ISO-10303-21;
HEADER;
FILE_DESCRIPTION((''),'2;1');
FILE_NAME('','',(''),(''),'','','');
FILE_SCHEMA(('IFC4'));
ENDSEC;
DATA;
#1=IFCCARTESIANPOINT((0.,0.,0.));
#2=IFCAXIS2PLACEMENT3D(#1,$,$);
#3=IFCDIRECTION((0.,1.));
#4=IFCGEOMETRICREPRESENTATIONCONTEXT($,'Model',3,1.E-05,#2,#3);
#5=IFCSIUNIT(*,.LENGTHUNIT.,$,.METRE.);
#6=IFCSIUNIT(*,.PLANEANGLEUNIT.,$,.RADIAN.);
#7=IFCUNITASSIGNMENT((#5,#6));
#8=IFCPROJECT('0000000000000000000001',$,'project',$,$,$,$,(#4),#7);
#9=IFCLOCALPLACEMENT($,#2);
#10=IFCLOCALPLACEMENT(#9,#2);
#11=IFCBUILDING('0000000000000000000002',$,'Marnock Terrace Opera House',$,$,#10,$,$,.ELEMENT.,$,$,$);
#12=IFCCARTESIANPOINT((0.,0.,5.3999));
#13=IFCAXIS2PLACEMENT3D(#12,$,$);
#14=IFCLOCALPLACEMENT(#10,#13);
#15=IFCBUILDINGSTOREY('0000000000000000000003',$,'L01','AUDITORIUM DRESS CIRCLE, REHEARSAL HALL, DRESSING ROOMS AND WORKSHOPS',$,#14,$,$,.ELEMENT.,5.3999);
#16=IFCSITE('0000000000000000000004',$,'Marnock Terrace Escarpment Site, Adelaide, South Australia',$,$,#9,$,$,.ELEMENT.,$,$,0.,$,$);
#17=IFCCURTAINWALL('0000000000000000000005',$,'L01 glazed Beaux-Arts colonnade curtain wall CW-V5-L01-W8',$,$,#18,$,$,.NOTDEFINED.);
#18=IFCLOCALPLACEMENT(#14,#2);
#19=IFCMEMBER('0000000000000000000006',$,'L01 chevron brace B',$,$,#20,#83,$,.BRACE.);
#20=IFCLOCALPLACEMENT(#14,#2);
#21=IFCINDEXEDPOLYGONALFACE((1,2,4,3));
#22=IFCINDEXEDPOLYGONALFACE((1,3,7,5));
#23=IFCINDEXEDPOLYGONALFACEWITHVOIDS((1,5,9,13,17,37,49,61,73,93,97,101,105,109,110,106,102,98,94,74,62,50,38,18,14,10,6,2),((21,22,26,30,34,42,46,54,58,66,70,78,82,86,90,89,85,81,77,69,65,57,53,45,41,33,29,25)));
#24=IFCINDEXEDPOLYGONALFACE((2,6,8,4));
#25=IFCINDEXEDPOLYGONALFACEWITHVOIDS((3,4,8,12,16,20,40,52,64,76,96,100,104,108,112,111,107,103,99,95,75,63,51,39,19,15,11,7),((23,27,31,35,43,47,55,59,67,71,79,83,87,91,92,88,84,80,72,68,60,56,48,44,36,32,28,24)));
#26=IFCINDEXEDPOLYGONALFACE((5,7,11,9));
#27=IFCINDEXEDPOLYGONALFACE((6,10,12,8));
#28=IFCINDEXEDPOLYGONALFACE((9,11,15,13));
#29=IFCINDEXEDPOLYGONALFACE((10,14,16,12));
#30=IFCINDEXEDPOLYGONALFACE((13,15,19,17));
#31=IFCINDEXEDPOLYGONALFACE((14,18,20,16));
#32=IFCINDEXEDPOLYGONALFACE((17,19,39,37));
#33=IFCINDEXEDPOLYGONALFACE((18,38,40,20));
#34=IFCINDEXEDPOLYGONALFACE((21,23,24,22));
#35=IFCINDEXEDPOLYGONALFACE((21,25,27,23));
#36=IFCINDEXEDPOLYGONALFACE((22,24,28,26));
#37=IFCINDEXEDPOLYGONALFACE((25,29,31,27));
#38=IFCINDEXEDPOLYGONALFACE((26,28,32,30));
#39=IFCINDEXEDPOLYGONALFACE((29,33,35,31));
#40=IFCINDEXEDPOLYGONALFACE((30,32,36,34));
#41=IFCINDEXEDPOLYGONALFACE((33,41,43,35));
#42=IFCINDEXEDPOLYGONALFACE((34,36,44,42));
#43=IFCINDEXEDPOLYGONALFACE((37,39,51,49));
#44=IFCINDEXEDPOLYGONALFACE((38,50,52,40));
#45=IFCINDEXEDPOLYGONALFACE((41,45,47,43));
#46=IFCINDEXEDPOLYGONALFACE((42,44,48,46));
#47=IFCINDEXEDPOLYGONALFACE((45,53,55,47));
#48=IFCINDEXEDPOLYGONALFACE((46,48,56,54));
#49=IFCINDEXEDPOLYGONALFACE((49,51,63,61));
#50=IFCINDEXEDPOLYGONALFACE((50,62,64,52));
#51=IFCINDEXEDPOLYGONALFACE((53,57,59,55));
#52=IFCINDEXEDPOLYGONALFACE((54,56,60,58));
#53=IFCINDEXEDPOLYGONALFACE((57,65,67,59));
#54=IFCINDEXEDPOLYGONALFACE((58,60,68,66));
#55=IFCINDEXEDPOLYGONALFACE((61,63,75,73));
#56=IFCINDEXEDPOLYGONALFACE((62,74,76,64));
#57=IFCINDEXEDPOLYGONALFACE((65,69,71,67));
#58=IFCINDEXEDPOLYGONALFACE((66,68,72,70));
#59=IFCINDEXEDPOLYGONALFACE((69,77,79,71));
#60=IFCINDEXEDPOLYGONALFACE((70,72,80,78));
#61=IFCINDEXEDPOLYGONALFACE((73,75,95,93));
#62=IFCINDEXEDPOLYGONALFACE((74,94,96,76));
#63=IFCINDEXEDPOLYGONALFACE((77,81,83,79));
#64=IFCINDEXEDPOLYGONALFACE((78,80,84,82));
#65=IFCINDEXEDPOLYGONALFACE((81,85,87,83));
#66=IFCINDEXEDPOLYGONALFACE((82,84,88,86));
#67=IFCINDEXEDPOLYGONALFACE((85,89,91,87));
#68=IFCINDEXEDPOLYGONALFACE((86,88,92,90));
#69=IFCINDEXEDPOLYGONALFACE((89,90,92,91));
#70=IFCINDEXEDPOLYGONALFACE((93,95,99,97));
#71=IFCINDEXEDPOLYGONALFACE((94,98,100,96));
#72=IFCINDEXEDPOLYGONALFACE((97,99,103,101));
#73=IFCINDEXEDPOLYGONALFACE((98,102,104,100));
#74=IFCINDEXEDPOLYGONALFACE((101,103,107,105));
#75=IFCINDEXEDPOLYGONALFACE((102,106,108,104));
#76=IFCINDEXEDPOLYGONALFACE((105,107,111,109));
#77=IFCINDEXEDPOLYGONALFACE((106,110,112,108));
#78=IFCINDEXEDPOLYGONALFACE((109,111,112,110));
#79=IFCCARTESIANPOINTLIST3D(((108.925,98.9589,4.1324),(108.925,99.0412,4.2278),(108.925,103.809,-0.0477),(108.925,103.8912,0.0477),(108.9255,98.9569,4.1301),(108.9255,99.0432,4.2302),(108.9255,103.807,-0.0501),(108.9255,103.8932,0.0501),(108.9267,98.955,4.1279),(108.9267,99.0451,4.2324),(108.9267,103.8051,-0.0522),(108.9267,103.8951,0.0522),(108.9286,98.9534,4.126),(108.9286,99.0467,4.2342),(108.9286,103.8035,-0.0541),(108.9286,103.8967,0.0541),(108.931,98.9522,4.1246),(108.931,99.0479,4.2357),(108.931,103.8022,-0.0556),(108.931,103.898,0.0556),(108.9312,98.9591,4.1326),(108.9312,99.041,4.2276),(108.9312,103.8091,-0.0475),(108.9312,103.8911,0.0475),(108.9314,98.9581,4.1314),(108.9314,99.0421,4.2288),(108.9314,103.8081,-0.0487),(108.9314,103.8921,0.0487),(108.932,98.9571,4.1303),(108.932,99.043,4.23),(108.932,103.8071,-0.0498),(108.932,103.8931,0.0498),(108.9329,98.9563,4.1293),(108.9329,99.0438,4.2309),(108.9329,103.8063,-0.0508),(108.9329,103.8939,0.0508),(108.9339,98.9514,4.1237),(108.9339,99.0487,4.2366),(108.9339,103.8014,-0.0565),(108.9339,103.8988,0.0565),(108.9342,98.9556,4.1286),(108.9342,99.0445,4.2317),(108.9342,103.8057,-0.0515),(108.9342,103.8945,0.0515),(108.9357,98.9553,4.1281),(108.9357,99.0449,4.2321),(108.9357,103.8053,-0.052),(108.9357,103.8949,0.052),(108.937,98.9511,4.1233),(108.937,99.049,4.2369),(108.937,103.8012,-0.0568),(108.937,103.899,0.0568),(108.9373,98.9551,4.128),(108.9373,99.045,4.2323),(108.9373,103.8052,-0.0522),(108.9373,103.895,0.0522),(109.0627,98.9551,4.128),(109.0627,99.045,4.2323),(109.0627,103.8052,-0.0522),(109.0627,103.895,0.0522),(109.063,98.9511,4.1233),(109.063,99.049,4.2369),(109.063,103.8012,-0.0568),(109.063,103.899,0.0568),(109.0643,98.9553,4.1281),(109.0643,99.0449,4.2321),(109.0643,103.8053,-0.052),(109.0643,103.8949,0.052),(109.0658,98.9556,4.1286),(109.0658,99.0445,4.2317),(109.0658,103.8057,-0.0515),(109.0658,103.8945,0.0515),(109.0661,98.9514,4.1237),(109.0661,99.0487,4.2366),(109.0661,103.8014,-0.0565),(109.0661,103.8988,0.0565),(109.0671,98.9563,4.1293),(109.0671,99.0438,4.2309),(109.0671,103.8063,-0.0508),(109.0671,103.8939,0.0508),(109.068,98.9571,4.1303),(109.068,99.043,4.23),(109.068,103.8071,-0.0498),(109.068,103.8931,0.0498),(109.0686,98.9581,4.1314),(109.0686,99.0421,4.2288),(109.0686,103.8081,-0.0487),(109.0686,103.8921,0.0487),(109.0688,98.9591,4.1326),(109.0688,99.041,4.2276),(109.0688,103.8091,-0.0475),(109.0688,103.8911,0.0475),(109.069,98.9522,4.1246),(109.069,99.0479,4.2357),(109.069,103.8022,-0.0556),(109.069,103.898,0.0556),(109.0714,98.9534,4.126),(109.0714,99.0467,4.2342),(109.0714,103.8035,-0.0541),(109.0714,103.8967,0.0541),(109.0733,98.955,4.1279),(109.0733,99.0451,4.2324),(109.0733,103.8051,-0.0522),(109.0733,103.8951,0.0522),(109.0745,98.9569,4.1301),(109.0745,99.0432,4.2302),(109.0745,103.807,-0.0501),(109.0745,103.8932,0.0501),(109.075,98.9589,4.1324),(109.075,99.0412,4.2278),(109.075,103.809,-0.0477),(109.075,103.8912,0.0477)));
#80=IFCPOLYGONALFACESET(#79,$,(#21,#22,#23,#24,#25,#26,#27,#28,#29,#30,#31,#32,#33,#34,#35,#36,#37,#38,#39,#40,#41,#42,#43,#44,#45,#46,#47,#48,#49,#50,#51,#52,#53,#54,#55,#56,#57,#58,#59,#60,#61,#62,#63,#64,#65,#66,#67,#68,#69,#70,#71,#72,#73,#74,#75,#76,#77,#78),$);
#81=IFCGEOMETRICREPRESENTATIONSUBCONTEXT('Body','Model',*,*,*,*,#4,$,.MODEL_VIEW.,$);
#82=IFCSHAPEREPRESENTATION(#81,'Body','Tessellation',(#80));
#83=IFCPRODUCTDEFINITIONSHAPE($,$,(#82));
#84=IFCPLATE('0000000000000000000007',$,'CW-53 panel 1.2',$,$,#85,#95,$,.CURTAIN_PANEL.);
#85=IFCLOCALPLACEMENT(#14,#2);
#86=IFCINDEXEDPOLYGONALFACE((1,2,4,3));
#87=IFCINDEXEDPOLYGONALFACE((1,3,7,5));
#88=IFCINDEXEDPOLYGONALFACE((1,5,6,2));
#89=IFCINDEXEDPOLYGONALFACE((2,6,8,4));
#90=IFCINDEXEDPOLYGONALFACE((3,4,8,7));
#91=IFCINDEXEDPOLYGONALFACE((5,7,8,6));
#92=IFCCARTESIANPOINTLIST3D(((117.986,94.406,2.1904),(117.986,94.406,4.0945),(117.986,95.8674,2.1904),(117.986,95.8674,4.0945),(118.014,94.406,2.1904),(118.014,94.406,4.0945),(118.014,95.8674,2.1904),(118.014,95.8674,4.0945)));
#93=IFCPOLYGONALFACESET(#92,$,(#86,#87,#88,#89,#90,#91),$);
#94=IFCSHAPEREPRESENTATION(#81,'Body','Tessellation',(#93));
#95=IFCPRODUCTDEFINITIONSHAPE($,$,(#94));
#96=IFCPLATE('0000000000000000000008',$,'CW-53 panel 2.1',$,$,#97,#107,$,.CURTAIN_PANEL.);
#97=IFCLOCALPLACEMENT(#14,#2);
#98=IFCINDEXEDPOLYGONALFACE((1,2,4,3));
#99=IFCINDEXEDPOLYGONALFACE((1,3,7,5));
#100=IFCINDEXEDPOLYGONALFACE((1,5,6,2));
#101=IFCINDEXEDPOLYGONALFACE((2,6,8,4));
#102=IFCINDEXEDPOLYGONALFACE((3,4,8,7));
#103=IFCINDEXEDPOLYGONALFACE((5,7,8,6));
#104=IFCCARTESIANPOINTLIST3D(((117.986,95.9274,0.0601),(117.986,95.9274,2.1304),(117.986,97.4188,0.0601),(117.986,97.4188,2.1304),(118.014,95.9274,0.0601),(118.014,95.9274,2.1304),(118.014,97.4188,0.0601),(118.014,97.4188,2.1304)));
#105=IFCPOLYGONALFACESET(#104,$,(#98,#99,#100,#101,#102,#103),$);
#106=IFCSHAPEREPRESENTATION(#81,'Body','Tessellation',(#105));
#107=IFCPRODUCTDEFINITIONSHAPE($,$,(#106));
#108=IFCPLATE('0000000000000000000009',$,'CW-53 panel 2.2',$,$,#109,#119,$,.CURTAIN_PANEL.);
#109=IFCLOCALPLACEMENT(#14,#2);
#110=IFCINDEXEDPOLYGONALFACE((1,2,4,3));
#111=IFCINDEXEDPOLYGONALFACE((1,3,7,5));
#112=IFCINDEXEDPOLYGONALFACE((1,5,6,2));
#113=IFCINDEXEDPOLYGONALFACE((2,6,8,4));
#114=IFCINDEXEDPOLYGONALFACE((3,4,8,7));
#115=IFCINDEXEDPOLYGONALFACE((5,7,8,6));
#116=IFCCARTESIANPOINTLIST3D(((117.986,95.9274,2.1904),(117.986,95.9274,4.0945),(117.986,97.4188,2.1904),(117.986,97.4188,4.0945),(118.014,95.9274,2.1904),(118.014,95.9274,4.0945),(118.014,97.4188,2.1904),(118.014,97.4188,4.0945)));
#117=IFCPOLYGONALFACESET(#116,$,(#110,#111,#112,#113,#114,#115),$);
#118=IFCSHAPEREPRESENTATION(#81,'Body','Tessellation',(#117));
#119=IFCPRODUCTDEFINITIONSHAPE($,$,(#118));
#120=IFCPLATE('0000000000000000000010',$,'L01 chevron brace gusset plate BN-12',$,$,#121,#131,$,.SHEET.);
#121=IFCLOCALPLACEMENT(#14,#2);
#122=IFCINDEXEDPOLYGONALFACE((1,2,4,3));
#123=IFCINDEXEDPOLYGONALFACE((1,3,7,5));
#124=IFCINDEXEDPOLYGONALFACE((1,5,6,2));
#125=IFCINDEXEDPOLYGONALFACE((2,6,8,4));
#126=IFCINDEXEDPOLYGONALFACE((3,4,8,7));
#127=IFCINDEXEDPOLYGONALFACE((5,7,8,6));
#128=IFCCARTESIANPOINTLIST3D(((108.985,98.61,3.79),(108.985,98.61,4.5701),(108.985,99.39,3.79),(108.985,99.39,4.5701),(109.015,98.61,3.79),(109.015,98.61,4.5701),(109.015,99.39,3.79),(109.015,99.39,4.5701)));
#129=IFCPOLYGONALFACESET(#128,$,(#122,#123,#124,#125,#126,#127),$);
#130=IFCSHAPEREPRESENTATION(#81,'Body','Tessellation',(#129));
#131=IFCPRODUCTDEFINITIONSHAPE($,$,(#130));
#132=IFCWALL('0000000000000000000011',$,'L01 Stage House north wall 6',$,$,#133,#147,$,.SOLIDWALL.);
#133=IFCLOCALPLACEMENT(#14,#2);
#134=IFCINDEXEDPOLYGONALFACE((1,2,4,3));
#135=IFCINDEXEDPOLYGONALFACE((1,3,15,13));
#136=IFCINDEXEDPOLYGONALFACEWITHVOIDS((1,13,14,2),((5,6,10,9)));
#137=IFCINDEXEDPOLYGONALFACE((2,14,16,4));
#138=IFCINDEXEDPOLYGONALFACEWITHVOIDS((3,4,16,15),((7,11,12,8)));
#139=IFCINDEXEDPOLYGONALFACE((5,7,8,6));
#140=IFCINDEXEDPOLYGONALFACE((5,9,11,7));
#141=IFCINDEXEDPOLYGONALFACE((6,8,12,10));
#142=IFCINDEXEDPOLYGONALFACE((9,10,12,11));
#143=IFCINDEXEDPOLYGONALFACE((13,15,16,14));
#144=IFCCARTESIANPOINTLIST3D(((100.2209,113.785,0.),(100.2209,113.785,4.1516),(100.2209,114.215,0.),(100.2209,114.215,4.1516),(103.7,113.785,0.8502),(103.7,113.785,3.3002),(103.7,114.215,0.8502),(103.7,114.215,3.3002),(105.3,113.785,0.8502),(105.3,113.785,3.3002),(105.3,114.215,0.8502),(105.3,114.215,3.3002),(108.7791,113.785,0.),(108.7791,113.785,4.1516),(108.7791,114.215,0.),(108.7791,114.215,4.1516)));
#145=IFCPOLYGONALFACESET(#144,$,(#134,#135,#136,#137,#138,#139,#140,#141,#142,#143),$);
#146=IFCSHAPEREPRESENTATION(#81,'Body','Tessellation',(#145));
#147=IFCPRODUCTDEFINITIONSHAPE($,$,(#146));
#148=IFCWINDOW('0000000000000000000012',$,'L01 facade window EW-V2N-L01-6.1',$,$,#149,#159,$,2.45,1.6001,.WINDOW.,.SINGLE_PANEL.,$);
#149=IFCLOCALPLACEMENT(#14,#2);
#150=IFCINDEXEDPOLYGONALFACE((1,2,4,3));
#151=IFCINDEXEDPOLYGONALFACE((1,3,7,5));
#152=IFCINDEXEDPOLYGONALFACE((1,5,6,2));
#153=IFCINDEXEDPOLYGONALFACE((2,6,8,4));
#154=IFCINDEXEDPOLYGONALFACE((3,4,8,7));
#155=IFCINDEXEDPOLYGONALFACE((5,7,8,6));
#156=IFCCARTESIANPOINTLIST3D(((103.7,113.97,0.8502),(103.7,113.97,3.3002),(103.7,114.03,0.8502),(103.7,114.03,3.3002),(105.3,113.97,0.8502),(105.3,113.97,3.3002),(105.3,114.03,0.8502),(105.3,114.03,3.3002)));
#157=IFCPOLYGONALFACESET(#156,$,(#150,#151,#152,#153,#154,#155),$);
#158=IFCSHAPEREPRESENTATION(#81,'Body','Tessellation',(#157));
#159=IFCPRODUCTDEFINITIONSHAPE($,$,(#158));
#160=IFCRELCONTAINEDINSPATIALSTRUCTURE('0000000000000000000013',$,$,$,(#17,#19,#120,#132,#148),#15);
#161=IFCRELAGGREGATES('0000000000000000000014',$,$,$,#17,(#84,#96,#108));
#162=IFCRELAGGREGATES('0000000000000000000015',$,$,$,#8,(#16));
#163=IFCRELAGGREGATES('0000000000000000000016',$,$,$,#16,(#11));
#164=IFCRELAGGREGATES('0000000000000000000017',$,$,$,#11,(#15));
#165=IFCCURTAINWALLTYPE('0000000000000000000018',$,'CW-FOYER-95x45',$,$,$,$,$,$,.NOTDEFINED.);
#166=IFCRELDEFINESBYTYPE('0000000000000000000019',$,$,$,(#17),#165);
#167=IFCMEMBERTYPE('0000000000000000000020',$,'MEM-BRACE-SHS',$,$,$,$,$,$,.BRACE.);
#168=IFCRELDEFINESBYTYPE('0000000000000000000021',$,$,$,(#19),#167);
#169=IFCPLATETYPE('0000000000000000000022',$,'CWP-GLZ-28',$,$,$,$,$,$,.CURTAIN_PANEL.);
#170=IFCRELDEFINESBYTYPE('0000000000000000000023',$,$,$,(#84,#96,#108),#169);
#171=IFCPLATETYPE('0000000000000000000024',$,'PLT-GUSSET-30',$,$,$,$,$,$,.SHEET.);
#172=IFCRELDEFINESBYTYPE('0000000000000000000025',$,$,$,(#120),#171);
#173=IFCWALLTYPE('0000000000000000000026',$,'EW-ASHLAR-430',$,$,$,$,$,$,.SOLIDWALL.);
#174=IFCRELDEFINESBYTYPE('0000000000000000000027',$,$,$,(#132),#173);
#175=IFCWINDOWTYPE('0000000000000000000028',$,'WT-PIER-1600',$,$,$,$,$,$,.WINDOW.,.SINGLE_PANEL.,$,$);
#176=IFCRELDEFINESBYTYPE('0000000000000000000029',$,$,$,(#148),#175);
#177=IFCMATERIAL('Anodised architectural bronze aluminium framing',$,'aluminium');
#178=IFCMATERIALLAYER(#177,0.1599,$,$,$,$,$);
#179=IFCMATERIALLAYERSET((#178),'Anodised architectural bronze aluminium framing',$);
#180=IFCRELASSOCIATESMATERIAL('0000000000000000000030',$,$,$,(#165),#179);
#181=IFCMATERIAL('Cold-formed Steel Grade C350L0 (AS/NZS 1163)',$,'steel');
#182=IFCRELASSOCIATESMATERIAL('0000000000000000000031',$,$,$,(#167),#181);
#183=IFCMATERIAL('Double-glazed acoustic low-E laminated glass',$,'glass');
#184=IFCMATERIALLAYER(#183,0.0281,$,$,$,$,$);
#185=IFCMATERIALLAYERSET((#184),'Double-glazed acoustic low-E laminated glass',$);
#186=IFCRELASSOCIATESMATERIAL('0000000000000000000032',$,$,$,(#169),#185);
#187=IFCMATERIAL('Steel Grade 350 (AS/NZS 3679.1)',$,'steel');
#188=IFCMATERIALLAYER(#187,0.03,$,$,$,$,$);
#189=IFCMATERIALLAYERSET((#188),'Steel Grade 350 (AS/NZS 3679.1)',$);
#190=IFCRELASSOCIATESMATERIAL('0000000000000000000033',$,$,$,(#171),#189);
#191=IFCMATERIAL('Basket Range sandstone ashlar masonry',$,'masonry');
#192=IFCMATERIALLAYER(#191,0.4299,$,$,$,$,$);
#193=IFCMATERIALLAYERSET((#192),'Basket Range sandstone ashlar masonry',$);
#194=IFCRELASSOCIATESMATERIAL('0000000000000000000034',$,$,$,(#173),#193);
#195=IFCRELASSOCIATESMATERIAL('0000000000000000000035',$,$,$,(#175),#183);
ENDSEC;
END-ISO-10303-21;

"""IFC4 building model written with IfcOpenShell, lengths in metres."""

from ifc_helpers import new_model, si_unit, direction, frame, frame_2d, origin, origin_2d, place, context, subcontext, project, spatial, rectangle, hollow_rectangle, extrude, material, layer, layer_set, material_profile, profile_set, type_object, element, fill, aggregate, save


model = new_model("IFC4")

# Units and contexts
model_context = context("Model", 3, precision=1e-05, world=origin(), true_north=direction((0.0, 1.0)))
body_context = subcontext(model_context, "Body", "Model", "MODEL_VIEW")
ifc_project = project(units=[si_unit("LENGTHUNIT", "METRE"), si_unit("PLANEANGLEUNIT", "RADIAN")], contexts=[model_context])

# Site, building, storey
site_placement = place(None, origin())
site = spatial("IfcSite", under=ifc_project, at=site_placement, Name="Marnock Terrace Escarpment Site, Adelaide, South Australia", CompositionType="ELEMENT", RefElevation=0.0)
building_placement = place(site_placement, origin())
building = spatial("IfcBuilding", under=site, at=building_placement, Name="Marnock Terrace Opera House", CompositionType="ELEMENT")
storey_placement = place(building_placement, frame((0.0, 0.0, 5.3999)))
storey = spatial("IfcBuildingStorey", under=building, at=storey_placement, Name="L01", Description="AUDITORIUM DRESS CIRCLE, REHEARSAL HALL, DRESSING ROOMS AND WORKSHOPS", CompositionType="ELEMENT", Elevation=5.3999)

# Shared definitions
ifc_material_1 = material(Name="Steel Grade 350 (AS/NZS 3679.1)", Category="steel")

# Curtain wall
ifc_material_2 = material(Name="Anodised architectural bronze aluminium framing", Category="aluminium")
ifc_layer_1 = layer(ifc_material_2, 0.1599)
ifc_layer_set_1 = layer_set([ifc_layer_1], Name="Anodised architectural bronze aluminium framing")
curtain_wall_type = type_object("IfcCurtainWallType", Name="CW-FOYER-95x45", PredefinedType="NOTDEFINED", material=ifc_layer_set_1)
curtain_wall_placement = place(storey_placement, origin())
curtain_wall = element("IfcCurtainWall", 1, at=curtain_wall_placement, inside=storey, type_object=curtain_wall_type, Name="L01 glazed Beaux-Arts colonnade curtain wall CW-V5-L01-W8", PredefinedType="NOTDEFINED")

# Member
ifc_material_3 = material(Name="Cold-formed Steel Grade C350L0 (AS/NZS 1163)", Category="steel")
ifc_material_profile_1 = material_profile(ifc_material_3, hollow_rectangle(XDim=0.1499, YDim=0.1499, WallThickness=0.0061, InnerFilletRadius=0.0061, OuterFilletRadius=0.012, at=origin_2d()))
ifc_profile_set_1 = profile_set([ifc_material_profile_1], Name="Cold-formed Steel Grade C350L0 (AS/NZS 1163)")
member_type_1 = type_object("IfcMemberType", Name="MEM-BRACE-SHS", PredefinedType="BRACE", material=ifc_profile_set_1)
member_1_placement = place(storey_placement, frame((109.0, 103.8501, 0.0), z_axis=(0.0, -0.757483, 0.652855), x_axis=(1.0, 0.0, 0.0)))
element("IfcMember", 2, at=member_1_placement, inside=storey, type_object=member_type_1, Name="L01 chevron brace B", PredefinedType="BRACE", context=body_context, shape_type="SweptSolid", body=[
    extrude(hollow_rectangle(XDim=0.1499, YDim=0.1499, WallThickness=0.0061, InnerFilletRadius=0.0061, OuterFilletRadius=0.012, at=origin_2d()), origin(), (0.0, 0.0, 1.0), 6.4028),
])

# Plates
ifc_material_4 = material(Name="Double-glazed acoustic low-E laminated glass", Category="glass")
ifc_layer_2 = layer(ifc_material_4, 0.0281)
ifc_layer_set_2 = layer_set([ifc_layer_2], Name="Double-glazed acoustic low-E laminated glass")
plate_type_1 = type_object("IfcPlateType", Name="CWP-GLZ-28", PredefinedType="CURTAIN_PANEL", material=ifc_layer_set_2)
plate_1_placement = place(storey_placement, frame((118.0, 95.1367, 2.1904), z_axis=(0.0, 0.0, 1.0), x_axis=(0.0, 1.0, 0.0)))
plate_1 = element("IfcPlate", 3, at=plate_1_placement, type_object=plate_type_1, Name="CW-53 panel 1.2", PredefinedType="CURTAIN_PANEL", context=body_context, shape_type="SweptSolid", body=[
    extrude(rectangle(XDim=1.4614, YDim=0.0281, at=origin_2d()), origin(), (0.0, 0.0, 1.0), 1.9041),
])
plate_2_placement = place(storey_placement, frame((118.0, 96.6731, 0.0601), z_axis=(0.0, 0.0, 1.0), x_axis=(0.0, 1.0, 0.0)))
plate_2 = element("IfcPlate", 4, at=plate_2_placement, type_object=plate_type_1, Name="CW-53 panel 2.1", PredefinedType="CURTAIN_PANEL", context=body_context, shape_type="SweptSolid", body=[
    extrude(rectangle(XDim=1.4915, YDim=0.0281, at=origin_2d()), origin(), (0.0, 0.0, 1.0), 2.0703),
])
plate_3_placement = place(storey_placement, frame((118.0, 96.6731, 2.1904), z_axis=(0.0, 0.0, 1.0), x_axis=(0.0, 1.0, 0.0)))
plate_3 = element("IfcPlate", 5, at=plate_3_placement, type_object=plate_type_1, Name="CW-53 panel 2.2", PredefinedType="CURTAIN_PANEL", context=body_context, shape_type="SweptSolid", body=[
    extrude(rectangle(XDim=1.4915, YDim=0.0281, at=origin_2d()), origin(), (0.0, 0.0, 1.0), 1.9041),
])
aggregate(curtain_wall, [plate_1, plate_2, plate_3])
ifc_layer_3 = layer(ifc_material_1, 0.03)
ifc_layer_set_3 = layer_set([ifc_layer_3], Name="Steel Grade 350 (AS/NZS 3679.1)")
plate_type_2 = type_object("IfcPlateType", Name="PLT-GUSSET-30", PredefinedType="SHEET", material=ifc_layer_set_3)
plate_4_placement = place(storey_placement, frame((109.0, 99.0, 3.79), z_axis=(0.0, 0.0, 1.0), x_axis=(0.0, 1.0, 0.0)))
element("IfcPlate", 6, at=plate_4_placement, inside=storey, type_object=plate_type_2, Name="L01 chevron brace gusset plate BN-12", PredefinedType="SHEET", context=body_context, shape_type="SweptSolid", body=[
    extrude(rectangle(XDim=0.78, YDim=0.03, at=origin_2d()), origin(), (0.0, 0.0, 1.0), 0.78),
])

# Wall, opening, window
ifc_material_5 = material(Name="Basket Range sandstone ashlar masonry", Category="masonry")
ifc_layer_4 = layer(ifc_material_5, 0.4299)
ifc_layer_set_4 = layer_set([ifc_layer_4], Name="Basket Range sandstone ashlar masonry")
wall_type_1 = type_object("IfcWallType", Name="EW-ASHLAR-430", PredefinedType="SOLIDWALL", material=ifc_layer_set_4)
wall_1_placement = place(storey_placement, frame((100.2209, 114.0, 0.0), z_axis=(0.0, 0.0, 1.0), x_axis=(1.0, 0.0, 0.0)))
wall_1 = element("IfcWall", 7, at=wall_1_placement, inside=storey, type_object=wall_type_1, Name="L01 Stage House north wall 6", PredefinedType="SOLIDWALL", context=body_context, shape_type="SweptSolid", body=[
    extrude(rectangle(XDim=8.5581, YDim=0.4299, at=frame_2d((4.2791, 0.0))), origin(), (0.0, 0.0, 1.0), 4.1516),
])
opening_1_placement = place(wall_1_placement, frame((3.479, 0.0, 0.8501)))
opening_1 = element("IfcOpeningElement", 8, at=opening_1_placement, cuts=wall_1, PredefinedType="OPENING", context=body_context, shape_type="SweptSolid", body=[
    extrude(rectangle(XDim=1.6001, YDim=2.45, at=frame_2d((0.8, 1.2251))), frame((0.0, 0.2249, 0.0), z_axis=(0.0, -1.0, 0.0), x_axis=(1.0, 0.0, 0.0)), (0.0, 0.0, 1.0), 0.45),
])
window_type = type_object("IfcWindowType", Name="WT-PIER-1600", PartitioningType="SINGLE_PANEL", PredefinedType="WINDOW", material=ifc_material_4)
window_placement = place(opening_1_placement, origin())
window = element("IfcWindow", 9, at=window_placement, inside=storey, type_object=window_type, Name="L01 facade window EW-V2N-L01-6.1", OverallHeight=2.45, OverallWidth=1.6001, PartitioningType="SINGLE_PANEL", PredefinedType="WINDOW", context=body_context, shape_type="SweptSolid", body=[
    extrude(rectangle(XDim=1.6001, YDim=2.45, at=frame_2d((0.8, 1.2251))), frame((0.0, 0.03, 0.0), z_axis=(0.0, -1.0, 0.0), x_axis=(1.0, 0.0, 0.0)), (0.0, 0.0, 1.0), 0.0601),
])
fill(opening_1, window)

save(model, "model.ifc")
